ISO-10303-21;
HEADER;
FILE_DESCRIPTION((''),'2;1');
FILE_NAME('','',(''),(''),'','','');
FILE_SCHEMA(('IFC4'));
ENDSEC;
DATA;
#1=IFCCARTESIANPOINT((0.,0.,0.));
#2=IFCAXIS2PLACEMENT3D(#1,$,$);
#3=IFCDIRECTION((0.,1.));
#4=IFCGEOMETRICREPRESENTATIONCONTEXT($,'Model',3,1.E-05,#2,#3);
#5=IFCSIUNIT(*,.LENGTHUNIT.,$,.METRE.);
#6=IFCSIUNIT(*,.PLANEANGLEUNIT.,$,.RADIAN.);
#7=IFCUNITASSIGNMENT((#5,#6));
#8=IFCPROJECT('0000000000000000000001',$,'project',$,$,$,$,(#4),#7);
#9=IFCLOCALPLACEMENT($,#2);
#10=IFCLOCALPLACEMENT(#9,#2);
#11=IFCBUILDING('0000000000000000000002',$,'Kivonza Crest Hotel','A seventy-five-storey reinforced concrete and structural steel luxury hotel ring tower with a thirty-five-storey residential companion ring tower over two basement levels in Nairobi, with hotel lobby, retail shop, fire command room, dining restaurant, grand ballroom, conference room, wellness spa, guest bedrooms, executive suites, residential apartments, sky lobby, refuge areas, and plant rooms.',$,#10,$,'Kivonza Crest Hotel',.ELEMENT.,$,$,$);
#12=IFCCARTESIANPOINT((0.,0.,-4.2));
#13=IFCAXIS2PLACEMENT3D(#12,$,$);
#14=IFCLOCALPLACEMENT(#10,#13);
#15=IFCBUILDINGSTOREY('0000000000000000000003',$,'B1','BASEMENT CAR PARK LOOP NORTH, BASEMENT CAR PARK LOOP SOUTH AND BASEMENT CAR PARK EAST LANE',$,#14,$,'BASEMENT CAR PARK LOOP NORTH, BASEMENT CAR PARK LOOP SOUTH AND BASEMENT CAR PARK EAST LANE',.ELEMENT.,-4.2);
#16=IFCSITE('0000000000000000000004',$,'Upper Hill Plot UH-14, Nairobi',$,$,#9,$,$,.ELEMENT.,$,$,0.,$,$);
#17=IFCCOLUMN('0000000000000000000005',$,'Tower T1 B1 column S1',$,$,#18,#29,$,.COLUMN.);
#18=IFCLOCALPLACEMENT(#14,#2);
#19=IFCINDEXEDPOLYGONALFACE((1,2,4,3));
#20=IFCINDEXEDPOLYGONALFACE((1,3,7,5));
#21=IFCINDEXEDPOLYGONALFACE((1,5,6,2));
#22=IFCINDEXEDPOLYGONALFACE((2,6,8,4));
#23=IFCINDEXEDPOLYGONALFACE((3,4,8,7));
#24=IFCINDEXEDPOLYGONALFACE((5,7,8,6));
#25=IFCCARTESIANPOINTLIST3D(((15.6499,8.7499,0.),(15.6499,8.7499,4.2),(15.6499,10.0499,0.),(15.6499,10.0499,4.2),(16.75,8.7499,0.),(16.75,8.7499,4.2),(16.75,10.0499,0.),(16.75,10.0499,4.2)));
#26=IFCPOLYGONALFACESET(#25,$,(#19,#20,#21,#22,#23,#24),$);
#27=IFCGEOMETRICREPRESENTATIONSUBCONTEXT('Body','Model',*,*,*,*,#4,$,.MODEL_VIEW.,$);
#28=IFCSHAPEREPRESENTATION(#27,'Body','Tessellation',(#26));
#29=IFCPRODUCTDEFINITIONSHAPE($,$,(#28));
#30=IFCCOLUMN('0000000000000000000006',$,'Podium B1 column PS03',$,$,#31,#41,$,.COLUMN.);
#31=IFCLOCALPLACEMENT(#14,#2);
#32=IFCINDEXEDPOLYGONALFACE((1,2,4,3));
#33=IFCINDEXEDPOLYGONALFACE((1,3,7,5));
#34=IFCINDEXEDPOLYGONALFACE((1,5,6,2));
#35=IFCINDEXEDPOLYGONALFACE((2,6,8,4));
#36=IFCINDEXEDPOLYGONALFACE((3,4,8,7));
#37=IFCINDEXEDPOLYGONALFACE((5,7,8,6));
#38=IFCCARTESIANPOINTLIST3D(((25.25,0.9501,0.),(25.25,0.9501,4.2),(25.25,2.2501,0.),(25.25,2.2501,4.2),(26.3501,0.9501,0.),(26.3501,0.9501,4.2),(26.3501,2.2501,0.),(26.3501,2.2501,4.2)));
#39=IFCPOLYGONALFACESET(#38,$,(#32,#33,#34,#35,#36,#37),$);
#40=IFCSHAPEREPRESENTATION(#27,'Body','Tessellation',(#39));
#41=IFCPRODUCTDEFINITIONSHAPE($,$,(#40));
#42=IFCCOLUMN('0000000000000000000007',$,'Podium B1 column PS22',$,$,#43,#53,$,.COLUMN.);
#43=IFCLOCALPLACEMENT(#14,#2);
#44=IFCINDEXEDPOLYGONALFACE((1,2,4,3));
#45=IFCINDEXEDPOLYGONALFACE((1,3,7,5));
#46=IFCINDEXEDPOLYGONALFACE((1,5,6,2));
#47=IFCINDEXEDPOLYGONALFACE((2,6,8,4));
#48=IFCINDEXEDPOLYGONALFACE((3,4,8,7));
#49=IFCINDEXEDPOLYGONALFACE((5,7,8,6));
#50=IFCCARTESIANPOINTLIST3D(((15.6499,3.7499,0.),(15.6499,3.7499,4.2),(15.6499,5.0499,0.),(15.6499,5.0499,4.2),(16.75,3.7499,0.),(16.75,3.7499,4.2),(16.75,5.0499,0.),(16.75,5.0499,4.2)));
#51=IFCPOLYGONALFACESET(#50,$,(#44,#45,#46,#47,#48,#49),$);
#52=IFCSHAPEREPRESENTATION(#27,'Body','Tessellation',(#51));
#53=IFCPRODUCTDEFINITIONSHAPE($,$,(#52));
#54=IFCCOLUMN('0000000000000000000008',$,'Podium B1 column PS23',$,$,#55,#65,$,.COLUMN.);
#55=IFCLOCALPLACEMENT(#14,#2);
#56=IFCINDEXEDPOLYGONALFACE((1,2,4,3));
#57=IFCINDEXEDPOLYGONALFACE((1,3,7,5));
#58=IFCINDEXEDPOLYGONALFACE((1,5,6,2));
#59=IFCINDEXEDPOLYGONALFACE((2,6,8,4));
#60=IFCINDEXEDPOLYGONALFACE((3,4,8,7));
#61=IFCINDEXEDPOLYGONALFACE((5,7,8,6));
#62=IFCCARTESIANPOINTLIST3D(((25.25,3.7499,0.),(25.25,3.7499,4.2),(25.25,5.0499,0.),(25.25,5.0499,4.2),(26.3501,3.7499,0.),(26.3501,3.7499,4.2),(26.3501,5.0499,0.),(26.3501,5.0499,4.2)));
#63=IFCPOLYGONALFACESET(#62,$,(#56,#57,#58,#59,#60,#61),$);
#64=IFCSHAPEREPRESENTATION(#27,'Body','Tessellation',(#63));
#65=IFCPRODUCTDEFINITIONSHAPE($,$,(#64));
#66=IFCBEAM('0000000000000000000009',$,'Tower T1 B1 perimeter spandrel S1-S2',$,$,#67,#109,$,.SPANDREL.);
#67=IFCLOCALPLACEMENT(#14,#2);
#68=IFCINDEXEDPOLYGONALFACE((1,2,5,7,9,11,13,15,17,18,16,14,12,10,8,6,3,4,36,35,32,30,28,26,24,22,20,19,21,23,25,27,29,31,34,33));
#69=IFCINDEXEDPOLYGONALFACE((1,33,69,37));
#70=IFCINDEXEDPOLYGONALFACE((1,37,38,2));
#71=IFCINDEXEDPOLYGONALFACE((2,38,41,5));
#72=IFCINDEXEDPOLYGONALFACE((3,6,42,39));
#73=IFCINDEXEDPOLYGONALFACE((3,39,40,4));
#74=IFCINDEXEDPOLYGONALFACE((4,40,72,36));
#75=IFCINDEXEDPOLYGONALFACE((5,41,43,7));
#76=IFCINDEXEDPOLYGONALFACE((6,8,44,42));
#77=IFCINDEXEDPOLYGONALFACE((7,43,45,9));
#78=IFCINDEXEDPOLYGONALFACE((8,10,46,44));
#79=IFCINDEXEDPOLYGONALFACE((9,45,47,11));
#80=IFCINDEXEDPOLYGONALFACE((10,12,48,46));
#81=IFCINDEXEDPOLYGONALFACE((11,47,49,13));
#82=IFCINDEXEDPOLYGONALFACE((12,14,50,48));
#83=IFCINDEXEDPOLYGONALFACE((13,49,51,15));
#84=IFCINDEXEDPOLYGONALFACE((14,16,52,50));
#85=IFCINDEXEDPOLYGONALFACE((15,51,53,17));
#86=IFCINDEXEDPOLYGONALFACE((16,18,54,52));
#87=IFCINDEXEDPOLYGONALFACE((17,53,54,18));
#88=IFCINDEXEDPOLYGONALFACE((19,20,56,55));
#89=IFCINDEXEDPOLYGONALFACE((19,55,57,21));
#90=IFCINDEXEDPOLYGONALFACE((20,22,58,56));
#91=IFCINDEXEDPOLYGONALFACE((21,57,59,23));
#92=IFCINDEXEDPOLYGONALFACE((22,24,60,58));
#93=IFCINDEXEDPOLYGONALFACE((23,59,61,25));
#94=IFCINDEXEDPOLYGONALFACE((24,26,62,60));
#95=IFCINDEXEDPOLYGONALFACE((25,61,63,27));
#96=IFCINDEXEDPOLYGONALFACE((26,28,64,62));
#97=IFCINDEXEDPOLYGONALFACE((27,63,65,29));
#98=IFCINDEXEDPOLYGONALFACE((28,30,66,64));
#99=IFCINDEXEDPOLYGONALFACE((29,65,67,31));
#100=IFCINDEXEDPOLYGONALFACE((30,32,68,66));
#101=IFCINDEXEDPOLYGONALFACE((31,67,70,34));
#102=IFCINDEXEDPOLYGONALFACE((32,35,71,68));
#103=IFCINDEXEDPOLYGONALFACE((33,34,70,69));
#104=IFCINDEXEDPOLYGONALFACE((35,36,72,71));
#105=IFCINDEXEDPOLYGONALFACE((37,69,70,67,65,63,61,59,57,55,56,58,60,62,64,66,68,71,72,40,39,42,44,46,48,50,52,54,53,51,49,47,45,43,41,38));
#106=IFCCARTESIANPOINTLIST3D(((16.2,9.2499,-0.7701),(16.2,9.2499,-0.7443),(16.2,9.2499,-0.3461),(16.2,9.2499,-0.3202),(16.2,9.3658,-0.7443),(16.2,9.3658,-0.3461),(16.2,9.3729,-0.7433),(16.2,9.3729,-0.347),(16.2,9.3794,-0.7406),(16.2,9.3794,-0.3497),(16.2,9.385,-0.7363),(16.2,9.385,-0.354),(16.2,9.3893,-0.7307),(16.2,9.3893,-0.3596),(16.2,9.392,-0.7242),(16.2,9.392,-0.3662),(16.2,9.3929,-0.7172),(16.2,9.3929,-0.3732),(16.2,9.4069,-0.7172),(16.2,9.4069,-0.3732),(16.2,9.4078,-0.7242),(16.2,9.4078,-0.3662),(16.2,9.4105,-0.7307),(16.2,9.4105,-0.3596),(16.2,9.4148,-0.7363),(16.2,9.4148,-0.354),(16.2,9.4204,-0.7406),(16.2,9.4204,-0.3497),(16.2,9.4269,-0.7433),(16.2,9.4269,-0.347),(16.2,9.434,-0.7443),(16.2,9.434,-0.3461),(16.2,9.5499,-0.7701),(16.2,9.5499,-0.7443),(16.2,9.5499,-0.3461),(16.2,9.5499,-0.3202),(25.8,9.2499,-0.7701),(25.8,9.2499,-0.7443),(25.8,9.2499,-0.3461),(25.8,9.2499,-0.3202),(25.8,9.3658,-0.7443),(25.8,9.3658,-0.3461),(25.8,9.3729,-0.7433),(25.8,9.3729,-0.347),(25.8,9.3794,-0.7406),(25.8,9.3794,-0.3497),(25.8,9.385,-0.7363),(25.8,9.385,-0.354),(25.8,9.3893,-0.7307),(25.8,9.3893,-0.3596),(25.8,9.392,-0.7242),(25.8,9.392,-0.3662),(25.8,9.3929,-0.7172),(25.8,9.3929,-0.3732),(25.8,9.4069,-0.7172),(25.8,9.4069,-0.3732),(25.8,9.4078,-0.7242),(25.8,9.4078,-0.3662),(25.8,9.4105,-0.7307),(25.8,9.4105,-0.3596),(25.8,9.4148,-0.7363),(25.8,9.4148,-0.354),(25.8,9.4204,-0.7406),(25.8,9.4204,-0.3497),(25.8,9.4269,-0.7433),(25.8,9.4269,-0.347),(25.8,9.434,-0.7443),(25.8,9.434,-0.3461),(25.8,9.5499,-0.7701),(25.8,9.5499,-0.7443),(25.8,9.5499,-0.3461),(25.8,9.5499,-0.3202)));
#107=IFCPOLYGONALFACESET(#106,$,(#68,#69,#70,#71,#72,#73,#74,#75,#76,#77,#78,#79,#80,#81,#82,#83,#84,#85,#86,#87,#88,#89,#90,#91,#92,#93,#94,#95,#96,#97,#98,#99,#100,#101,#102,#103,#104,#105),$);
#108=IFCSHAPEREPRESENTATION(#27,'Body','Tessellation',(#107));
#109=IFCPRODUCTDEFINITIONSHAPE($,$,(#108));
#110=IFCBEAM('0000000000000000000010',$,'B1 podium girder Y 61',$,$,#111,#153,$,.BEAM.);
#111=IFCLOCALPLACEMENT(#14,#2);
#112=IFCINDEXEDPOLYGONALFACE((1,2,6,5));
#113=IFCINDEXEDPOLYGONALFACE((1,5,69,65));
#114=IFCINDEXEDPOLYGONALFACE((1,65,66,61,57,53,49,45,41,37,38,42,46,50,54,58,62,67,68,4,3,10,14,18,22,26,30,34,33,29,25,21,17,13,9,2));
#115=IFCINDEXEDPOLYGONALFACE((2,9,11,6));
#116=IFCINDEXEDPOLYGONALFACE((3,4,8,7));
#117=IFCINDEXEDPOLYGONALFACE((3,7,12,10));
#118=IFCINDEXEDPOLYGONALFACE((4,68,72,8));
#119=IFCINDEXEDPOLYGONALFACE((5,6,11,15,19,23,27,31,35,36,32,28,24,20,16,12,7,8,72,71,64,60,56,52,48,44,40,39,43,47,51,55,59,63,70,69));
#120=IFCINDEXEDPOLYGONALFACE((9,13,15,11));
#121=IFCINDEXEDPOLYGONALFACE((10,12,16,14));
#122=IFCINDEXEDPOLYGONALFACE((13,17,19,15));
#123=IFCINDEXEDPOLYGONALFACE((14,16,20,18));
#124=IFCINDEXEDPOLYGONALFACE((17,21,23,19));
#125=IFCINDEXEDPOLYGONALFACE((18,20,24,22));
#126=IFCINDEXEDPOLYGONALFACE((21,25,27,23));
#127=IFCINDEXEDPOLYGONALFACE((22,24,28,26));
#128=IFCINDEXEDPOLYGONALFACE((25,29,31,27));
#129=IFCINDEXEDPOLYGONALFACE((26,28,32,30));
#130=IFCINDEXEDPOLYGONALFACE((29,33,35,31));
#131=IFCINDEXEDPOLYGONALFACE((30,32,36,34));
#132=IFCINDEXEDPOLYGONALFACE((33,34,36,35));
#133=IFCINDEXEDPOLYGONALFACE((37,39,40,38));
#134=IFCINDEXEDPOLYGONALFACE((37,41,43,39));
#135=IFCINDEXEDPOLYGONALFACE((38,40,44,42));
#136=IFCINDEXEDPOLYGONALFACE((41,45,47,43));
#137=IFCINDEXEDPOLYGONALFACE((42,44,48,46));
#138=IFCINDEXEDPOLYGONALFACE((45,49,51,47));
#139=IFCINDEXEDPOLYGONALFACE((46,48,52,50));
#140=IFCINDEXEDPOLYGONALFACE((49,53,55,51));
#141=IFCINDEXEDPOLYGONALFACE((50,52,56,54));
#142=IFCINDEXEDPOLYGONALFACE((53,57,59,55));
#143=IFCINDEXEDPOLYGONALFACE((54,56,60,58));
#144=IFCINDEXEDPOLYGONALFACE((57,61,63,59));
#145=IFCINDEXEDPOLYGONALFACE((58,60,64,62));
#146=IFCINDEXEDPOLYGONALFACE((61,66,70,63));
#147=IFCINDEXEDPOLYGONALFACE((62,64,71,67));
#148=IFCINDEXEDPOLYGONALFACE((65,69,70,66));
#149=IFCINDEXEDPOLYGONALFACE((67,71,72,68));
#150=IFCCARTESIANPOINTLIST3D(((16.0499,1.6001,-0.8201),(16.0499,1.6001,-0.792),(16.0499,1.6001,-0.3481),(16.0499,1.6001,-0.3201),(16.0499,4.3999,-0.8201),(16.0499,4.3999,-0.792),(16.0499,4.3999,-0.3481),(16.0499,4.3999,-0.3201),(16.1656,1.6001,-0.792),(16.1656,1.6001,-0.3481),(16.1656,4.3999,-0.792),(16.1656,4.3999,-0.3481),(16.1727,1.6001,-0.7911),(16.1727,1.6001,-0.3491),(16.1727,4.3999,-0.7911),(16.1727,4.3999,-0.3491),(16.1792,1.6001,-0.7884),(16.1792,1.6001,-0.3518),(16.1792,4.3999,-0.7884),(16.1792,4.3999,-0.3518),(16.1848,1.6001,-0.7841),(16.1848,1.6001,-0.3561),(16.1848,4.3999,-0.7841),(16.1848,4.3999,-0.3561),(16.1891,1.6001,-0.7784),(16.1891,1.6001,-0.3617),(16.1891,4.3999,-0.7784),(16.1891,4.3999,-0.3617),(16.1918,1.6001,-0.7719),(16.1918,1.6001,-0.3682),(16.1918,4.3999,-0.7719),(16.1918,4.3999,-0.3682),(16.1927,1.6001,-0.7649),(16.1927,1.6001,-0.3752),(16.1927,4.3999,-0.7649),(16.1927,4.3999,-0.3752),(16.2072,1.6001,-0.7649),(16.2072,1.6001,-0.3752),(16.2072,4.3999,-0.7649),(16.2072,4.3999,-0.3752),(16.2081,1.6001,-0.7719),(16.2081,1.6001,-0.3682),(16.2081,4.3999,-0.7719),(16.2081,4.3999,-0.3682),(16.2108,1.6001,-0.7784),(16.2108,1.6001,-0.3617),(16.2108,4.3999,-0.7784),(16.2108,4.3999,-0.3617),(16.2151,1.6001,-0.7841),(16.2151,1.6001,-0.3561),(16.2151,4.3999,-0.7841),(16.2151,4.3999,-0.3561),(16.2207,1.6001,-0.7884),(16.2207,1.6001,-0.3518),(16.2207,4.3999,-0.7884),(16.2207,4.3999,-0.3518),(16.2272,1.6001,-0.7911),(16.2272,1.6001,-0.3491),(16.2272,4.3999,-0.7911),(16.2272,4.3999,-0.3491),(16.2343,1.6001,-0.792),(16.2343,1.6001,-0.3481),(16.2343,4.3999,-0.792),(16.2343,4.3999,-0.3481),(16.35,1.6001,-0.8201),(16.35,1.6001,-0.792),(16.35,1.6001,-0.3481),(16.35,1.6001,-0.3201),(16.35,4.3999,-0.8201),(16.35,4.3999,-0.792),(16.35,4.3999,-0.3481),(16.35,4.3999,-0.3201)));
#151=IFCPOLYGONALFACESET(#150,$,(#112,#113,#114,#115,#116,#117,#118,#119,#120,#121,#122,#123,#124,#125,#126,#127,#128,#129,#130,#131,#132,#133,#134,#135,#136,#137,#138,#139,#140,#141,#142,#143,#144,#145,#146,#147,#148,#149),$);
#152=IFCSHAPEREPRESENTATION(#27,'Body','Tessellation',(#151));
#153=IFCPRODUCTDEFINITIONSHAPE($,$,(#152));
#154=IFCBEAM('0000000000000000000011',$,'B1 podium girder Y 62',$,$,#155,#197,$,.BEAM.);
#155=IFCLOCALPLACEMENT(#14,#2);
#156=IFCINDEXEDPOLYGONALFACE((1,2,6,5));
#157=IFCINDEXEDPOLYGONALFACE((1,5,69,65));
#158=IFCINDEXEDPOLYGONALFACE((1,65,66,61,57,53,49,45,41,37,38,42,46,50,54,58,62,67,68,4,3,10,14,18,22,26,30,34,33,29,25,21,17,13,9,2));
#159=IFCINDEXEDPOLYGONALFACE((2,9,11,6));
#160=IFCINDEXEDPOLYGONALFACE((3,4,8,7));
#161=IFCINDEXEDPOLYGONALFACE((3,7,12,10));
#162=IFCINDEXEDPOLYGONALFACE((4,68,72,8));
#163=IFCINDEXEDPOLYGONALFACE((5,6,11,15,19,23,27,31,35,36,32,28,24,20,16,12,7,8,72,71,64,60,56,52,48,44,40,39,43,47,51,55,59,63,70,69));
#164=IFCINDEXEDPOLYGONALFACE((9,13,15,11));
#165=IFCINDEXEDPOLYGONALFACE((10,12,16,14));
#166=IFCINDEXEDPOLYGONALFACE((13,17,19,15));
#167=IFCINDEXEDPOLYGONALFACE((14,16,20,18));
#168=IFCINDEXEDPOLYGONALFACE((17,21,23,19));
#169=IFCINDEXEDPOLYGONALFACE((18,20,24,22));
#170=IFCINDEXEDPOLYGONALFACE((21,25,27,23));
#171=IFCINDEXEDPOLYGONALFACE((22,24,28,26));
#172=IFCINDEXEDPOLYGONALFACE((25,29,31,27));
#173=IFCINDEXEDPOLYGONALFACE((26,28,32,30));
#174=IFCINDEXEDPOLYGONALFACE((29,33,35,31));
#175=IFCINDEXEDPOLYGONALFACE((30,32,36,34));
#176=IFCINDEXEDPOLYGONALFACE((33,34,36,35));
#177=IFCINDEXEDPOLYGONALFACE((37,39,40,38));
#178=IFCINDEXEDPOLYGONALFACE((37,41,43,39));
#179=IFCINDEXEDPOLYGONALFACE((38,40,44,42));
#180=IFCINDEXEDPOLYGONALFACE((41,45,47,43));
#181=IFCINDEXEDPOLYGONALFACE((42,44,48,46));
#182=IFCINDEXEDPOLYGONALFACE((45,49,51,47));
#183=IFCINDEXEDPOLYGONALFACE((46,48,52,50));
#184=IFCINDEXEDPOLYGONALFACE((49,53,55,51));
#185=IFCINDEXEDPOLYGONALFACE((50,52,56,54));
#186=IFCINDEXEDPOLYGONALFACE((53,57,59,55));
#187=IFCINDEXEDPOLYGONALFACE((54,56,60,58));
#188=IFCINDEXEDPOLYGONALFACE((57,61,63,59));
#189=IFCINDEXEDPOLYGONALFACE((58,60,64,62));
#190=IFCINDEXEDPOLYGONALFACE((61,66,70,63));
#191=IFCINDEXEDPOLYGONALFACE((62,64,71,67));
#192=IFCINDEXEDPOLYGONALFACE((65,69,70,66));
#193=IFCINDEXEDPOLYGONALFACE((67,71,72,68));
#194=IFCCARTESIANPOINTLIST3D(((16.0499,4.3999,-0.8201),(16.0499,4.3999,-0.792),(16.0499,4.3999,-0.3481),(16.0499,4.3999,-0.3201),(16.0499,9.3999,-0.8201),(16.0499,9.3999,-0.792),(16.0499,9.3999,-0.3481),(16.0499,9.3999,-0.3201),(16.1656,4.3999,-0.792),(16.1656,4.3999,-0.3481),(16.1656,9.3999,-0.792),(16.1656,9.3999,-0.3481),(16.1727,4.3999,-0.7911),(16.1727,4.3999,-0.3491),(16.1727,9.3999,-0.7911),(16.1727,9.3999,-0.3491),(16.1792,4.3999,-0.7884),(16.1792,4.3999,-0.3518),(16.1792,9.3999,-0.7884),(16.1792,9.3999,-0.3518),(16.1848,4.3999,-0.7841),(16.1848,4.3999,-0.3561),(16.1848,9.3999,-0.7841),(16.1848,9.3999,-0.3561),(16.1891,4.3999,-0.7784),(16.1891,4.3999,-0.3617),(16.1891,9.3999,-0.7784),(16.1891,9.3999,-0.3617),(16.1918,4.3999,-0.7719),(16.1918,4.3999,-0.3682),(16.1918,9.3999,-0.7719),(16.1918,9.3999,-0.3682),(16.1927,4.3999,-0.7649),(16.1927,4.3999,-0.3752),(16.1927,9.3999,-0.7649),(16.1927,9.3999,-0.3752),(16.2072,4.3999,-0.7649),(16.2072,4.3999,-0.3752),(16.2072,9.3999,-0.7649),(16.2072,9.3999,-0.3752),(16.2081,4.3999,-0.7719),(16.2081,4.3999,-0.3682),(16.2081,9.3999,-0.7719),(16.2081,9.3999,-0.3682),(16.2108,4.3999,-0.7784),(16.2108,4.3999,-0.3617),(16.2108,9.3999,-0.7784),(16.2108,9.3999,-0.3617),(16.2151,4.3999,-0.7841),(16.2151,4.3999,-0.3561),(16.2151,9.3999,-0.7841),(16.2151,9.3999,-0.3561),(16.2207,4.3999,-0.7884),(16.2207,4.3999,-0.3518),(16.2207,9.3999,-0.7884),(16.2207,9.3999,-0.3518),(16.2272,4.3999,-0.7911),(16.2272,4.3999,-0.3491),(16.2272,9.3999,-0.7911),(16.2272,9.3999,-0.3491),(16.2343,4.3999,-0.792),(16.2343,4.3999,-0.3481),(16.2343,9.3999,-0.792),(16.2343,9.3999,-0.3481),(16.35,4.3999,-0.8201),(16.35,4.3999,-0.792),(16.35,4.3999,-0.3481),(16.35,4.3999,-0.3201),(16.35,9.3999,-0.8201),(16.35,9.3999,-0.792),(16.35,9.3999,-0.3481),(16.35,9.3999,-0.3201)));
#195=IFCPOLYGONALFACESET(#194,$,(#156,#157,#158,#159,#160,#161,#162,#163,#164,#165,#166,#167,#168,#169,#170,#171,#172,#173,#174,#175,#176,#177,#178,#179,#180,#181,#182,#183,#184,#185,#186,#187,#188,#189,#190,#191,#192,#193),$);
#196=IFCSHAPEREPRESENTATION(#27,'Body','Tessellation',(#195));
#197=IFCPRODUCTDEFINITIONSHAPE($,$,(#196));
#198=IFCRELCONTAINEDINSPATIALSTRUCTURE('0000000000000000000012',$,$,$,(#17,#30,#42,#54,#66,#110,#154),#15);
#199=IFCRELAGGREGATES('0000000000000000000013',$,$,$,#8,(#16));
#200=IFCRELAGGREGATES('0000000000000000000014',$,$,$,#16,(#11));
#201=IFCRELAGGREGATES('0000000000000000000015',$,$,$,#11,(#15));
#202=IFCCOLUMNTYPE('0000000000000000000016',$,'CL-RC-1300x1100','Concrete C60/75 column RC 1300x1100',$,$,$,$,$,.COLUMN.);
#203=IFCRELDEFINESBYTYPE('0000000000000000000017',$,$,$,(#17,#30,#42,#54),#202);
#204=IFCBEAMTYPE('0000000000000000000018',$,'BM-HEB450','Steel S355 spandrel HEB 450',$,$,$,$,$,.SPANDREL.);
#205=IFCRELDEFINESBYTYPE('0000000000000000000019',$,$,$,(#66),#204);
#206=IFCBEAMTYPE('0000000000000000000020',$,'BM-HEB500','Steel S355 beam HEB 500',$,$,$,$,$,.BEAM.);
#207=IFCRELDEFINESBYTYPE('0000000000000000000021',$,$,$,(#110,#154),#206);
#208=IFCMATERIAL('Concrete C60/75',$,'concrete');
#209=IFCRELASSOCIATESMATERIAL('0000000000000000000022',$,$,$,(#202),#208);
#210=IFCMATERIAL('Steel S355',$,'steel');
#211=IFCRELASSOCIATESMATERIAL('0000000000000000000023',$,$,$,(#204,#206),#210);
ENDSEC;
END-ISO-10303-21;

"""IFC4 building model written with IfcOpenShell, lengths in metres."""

from ifc_helpers import new_model, si_unit, direction, frame, origin, origin_2d, place, context, subcontext, project, spatial, rectangle, i_section, extrude, material, material_profile, profile_set, type_object, element, save


model = new_model("IFC4")

# Units and contexts
model_context = context("Model", 3, precision=1e-05, world=origin(), true_north=direction((0.0, 1.0)))
body_context = subcontext(model_context, "Body", "Model", "MODEL_VIEW")
ifc_project = project(units=[si_unit("LENGTHUNIT", "METRE"), si_unit("PLANEANGLEUNIT", "RADIAN")], contexts=[model_context])

# Site, building, storey
site_placement = place(None, origin())
site = spatial("IfcSite", under=ifc_project, at=site_placement, Name="Upper Hill Plot UH-14, Nairobi", CompositionType="ELEMENT", RefElevation=0.0)
building_placement = place(site_placement, origin())
building = spatial("IfcBuilding", under=site, at=building_placement, Name="Kivonza Crest Hotel", Description="A seventy-five-storey reinforced concrete and structural steel luxury hotel ring tower with a thirty-five-storey residential companion ring tower over two basement levels in Nairobi, with hotel lobby, retail shop, fire command room, dining restaurant, grand ballroom, conference room, wellness spa, guest bedrooms, executive suites, residential apartments, sky lobby, refuge areas, and plant rooms.", LongName="Kivonza Crest Hotel", CompositionType="ELEMENT")
storey_placement = place(building_placement, frame((0.0, 0.0, -4.2)))
storey = spatial("IfcBuildingStorey", under=building, at=storey_placement, Name="B1", Description="BASEMENT CAR PARK LOOP NORTH, BASEMENT CAR PARK LOOP SOUTH AND BASEMENT CAR PARK EAST LANE", LongName="BASEMENT CAR PARK LOOP NORTH, BASEMENT CAR PARK LOOP SOUTH AND BASEMENT CAR PARK EAST LANE", CompositionType="ELEMENT", Elevation=-4.2)

# Columns
ifc_material_1 = material(Name="Concrete C60/75", Category="concrete")
ifc_material_profile_1 = material_profile(ifc_material_1, rectangle(XDim=1.1001, YDim=1.3, at=origin_2d()), Name="RC 1300x1100")
ifc_profile_set_1 = profile_set([ifc_material_profile_1], Name="Concrete C60/75")
column_type = type_object("IfcColumnType", Name="CL-RC-1300x1100", Description="Concrete C60/75 column RC 1300x1100", PredefinedType="COLUMN", material=ifc_profile_set_1)
for number, where, z_axis, x_axis, name in (
    (1, (16.2, 9.3999, 0.0), (0.0, 0.0, 1.0), (1.0, 0.0, 0.0), "Tower T1 B1 column S1"),
    (2, (25.8, 1.6001, 0.0), (0.0, 0.0, 1.0), (1.0, 0.0, 0.0), "Podium B1 column PS03"),
    (3, (16.2, 4.3999, 0.0), (0.0, 0.0, 1.0), (1.0, 0.0, 0.0), "Podium B1 column PS22"),
    (4, (25.8, 4.3999, 0.0), (0.0, 0.0, 1.0), (1.0, 0.0, 0.0), "Podium B1 column PS23"),
):
    element("IfcColumn", number, at=place(storey_placement, frame(where, z_axis=z_axis, x_axis=x_axis)), inside=storey, type_object=column_type, Name=name, PredefinedType="COLUMN", context=body_context, shape_type="SweptSolid", body=[
        extrude(rectangle(XDim=1.1001, YDim=1.3, at=origin_2d()), origin(), (0.0, 0.0, 1.0), 4.2),
    ])

# Beams
ifc_material_2 = material(Name="Steel S355", Category="steel")
ifc_material_profile_2 = material_profile(ifc_material_2, i_section(OverallWidth=0.3, OverallDepth=0.45, WebThickness=0.0139, FlangeThickness=0.0259, FilletRadius=0.0271, at=origin_2d()), Name="HEB 450")
ifc_profile_set_2 = profile_set([ifc_material_profile_2], Name="Steel S355")
beam_type_1 = type_object("IfcBeamType", Name="BM-HEB450", Description="Steel S355 spandrel HEB 450", PredefinedType="SPANDREL", material=ifc_profile_set_2)
beam_1_placement = place(storey_placement, frame((16.2, 9.3999, -0.5452), z_axis=(1.0, 0.0, 0.0), x_axis=(0.0, 1.0, 0.0)))
element("IfcBeam", 5, at=beam_1_placement, inside=storey, type_object=beam_type_1, Name="Tower T1 B1 perimeter spandrel S1-S2", PredefinedType="SPANDREL", context=body_context, shape_type="SweptSolid", body=[
    extrude(i_section(OverallWidth=0.3, OverallDepth=0.45, WebThickness=0.0139, FlangeThickness=0.0259, FilletRadius=0.0271, at=origin_2d()), origin(), (0.0, 0.0, 1.0), 9.6001),
])
ifc_material_profile_3 = material_profile(ifc_material_2, i_section(OverallWidth=0.3, OverallDepth=0.5, WebThickness=0.0144, FlangeThickness=0.0281, FilletRadius=0.0271, at=origin_2d()), Name="HEB 500")
ifc_profile_set_3 = profile_set([ifc_material_profile_3], Name="Steel S355")
beam_type_2 = type_object("IfcBeamType", Name="BM-HEB500", Description="Steel S355 beam HEB 500", PredefinedType="BEAM", material=ifc_profile_set_3)
beam_2_placement = place(storey_placement, frame((16.2, 1.6001, -0.5701), z_axis=(0.0, 1.0, 0.0), x_axis=(-1.0, 0.0, 0.0)))
element("IfcBeam", 6, at=beam_2_placement, inside=storey, type_object=beam_type_2, Name="B1 podium girder Y 61", PredefinedType="BEAM", context=body_context, shape_type="SweptSolid", body=[
    extrude(i_section(OverallWidth=0.3, OverallDepth=0.5, WebThickness=0.0144, FlangeThickness=0.0281, FilletRadius=0.0271, at=origin_2d()), origin(), (0.0, 0.0, 1.0), 2.7998),
])
beam_3_placement = place(storey_placement, frame((16.2, 4.3999, -0.5701), z_axis=(0.0, 1.0, 0.0), x_axis=(-1.0, 0.0, 0.0)))
element("IfcBeam", 7, at=beam_3_placement, inside=storey, type_object=beam_type_2, Name="B1 podium girder Y 62", PredefinedType="BEAM", context=body_context, shape_type="SweptSolid", body=[
    extrude(i_section(OverallWidth=0.3, OverallDepth=0.5, WebThickness=0.0144, FlangeThickness=0.0281, FilletRadius=0.0271, at=origin_2d()), origin(), (0.0, 0.0, 1.0), 5.0),
])

save(model, "model.ifc")
